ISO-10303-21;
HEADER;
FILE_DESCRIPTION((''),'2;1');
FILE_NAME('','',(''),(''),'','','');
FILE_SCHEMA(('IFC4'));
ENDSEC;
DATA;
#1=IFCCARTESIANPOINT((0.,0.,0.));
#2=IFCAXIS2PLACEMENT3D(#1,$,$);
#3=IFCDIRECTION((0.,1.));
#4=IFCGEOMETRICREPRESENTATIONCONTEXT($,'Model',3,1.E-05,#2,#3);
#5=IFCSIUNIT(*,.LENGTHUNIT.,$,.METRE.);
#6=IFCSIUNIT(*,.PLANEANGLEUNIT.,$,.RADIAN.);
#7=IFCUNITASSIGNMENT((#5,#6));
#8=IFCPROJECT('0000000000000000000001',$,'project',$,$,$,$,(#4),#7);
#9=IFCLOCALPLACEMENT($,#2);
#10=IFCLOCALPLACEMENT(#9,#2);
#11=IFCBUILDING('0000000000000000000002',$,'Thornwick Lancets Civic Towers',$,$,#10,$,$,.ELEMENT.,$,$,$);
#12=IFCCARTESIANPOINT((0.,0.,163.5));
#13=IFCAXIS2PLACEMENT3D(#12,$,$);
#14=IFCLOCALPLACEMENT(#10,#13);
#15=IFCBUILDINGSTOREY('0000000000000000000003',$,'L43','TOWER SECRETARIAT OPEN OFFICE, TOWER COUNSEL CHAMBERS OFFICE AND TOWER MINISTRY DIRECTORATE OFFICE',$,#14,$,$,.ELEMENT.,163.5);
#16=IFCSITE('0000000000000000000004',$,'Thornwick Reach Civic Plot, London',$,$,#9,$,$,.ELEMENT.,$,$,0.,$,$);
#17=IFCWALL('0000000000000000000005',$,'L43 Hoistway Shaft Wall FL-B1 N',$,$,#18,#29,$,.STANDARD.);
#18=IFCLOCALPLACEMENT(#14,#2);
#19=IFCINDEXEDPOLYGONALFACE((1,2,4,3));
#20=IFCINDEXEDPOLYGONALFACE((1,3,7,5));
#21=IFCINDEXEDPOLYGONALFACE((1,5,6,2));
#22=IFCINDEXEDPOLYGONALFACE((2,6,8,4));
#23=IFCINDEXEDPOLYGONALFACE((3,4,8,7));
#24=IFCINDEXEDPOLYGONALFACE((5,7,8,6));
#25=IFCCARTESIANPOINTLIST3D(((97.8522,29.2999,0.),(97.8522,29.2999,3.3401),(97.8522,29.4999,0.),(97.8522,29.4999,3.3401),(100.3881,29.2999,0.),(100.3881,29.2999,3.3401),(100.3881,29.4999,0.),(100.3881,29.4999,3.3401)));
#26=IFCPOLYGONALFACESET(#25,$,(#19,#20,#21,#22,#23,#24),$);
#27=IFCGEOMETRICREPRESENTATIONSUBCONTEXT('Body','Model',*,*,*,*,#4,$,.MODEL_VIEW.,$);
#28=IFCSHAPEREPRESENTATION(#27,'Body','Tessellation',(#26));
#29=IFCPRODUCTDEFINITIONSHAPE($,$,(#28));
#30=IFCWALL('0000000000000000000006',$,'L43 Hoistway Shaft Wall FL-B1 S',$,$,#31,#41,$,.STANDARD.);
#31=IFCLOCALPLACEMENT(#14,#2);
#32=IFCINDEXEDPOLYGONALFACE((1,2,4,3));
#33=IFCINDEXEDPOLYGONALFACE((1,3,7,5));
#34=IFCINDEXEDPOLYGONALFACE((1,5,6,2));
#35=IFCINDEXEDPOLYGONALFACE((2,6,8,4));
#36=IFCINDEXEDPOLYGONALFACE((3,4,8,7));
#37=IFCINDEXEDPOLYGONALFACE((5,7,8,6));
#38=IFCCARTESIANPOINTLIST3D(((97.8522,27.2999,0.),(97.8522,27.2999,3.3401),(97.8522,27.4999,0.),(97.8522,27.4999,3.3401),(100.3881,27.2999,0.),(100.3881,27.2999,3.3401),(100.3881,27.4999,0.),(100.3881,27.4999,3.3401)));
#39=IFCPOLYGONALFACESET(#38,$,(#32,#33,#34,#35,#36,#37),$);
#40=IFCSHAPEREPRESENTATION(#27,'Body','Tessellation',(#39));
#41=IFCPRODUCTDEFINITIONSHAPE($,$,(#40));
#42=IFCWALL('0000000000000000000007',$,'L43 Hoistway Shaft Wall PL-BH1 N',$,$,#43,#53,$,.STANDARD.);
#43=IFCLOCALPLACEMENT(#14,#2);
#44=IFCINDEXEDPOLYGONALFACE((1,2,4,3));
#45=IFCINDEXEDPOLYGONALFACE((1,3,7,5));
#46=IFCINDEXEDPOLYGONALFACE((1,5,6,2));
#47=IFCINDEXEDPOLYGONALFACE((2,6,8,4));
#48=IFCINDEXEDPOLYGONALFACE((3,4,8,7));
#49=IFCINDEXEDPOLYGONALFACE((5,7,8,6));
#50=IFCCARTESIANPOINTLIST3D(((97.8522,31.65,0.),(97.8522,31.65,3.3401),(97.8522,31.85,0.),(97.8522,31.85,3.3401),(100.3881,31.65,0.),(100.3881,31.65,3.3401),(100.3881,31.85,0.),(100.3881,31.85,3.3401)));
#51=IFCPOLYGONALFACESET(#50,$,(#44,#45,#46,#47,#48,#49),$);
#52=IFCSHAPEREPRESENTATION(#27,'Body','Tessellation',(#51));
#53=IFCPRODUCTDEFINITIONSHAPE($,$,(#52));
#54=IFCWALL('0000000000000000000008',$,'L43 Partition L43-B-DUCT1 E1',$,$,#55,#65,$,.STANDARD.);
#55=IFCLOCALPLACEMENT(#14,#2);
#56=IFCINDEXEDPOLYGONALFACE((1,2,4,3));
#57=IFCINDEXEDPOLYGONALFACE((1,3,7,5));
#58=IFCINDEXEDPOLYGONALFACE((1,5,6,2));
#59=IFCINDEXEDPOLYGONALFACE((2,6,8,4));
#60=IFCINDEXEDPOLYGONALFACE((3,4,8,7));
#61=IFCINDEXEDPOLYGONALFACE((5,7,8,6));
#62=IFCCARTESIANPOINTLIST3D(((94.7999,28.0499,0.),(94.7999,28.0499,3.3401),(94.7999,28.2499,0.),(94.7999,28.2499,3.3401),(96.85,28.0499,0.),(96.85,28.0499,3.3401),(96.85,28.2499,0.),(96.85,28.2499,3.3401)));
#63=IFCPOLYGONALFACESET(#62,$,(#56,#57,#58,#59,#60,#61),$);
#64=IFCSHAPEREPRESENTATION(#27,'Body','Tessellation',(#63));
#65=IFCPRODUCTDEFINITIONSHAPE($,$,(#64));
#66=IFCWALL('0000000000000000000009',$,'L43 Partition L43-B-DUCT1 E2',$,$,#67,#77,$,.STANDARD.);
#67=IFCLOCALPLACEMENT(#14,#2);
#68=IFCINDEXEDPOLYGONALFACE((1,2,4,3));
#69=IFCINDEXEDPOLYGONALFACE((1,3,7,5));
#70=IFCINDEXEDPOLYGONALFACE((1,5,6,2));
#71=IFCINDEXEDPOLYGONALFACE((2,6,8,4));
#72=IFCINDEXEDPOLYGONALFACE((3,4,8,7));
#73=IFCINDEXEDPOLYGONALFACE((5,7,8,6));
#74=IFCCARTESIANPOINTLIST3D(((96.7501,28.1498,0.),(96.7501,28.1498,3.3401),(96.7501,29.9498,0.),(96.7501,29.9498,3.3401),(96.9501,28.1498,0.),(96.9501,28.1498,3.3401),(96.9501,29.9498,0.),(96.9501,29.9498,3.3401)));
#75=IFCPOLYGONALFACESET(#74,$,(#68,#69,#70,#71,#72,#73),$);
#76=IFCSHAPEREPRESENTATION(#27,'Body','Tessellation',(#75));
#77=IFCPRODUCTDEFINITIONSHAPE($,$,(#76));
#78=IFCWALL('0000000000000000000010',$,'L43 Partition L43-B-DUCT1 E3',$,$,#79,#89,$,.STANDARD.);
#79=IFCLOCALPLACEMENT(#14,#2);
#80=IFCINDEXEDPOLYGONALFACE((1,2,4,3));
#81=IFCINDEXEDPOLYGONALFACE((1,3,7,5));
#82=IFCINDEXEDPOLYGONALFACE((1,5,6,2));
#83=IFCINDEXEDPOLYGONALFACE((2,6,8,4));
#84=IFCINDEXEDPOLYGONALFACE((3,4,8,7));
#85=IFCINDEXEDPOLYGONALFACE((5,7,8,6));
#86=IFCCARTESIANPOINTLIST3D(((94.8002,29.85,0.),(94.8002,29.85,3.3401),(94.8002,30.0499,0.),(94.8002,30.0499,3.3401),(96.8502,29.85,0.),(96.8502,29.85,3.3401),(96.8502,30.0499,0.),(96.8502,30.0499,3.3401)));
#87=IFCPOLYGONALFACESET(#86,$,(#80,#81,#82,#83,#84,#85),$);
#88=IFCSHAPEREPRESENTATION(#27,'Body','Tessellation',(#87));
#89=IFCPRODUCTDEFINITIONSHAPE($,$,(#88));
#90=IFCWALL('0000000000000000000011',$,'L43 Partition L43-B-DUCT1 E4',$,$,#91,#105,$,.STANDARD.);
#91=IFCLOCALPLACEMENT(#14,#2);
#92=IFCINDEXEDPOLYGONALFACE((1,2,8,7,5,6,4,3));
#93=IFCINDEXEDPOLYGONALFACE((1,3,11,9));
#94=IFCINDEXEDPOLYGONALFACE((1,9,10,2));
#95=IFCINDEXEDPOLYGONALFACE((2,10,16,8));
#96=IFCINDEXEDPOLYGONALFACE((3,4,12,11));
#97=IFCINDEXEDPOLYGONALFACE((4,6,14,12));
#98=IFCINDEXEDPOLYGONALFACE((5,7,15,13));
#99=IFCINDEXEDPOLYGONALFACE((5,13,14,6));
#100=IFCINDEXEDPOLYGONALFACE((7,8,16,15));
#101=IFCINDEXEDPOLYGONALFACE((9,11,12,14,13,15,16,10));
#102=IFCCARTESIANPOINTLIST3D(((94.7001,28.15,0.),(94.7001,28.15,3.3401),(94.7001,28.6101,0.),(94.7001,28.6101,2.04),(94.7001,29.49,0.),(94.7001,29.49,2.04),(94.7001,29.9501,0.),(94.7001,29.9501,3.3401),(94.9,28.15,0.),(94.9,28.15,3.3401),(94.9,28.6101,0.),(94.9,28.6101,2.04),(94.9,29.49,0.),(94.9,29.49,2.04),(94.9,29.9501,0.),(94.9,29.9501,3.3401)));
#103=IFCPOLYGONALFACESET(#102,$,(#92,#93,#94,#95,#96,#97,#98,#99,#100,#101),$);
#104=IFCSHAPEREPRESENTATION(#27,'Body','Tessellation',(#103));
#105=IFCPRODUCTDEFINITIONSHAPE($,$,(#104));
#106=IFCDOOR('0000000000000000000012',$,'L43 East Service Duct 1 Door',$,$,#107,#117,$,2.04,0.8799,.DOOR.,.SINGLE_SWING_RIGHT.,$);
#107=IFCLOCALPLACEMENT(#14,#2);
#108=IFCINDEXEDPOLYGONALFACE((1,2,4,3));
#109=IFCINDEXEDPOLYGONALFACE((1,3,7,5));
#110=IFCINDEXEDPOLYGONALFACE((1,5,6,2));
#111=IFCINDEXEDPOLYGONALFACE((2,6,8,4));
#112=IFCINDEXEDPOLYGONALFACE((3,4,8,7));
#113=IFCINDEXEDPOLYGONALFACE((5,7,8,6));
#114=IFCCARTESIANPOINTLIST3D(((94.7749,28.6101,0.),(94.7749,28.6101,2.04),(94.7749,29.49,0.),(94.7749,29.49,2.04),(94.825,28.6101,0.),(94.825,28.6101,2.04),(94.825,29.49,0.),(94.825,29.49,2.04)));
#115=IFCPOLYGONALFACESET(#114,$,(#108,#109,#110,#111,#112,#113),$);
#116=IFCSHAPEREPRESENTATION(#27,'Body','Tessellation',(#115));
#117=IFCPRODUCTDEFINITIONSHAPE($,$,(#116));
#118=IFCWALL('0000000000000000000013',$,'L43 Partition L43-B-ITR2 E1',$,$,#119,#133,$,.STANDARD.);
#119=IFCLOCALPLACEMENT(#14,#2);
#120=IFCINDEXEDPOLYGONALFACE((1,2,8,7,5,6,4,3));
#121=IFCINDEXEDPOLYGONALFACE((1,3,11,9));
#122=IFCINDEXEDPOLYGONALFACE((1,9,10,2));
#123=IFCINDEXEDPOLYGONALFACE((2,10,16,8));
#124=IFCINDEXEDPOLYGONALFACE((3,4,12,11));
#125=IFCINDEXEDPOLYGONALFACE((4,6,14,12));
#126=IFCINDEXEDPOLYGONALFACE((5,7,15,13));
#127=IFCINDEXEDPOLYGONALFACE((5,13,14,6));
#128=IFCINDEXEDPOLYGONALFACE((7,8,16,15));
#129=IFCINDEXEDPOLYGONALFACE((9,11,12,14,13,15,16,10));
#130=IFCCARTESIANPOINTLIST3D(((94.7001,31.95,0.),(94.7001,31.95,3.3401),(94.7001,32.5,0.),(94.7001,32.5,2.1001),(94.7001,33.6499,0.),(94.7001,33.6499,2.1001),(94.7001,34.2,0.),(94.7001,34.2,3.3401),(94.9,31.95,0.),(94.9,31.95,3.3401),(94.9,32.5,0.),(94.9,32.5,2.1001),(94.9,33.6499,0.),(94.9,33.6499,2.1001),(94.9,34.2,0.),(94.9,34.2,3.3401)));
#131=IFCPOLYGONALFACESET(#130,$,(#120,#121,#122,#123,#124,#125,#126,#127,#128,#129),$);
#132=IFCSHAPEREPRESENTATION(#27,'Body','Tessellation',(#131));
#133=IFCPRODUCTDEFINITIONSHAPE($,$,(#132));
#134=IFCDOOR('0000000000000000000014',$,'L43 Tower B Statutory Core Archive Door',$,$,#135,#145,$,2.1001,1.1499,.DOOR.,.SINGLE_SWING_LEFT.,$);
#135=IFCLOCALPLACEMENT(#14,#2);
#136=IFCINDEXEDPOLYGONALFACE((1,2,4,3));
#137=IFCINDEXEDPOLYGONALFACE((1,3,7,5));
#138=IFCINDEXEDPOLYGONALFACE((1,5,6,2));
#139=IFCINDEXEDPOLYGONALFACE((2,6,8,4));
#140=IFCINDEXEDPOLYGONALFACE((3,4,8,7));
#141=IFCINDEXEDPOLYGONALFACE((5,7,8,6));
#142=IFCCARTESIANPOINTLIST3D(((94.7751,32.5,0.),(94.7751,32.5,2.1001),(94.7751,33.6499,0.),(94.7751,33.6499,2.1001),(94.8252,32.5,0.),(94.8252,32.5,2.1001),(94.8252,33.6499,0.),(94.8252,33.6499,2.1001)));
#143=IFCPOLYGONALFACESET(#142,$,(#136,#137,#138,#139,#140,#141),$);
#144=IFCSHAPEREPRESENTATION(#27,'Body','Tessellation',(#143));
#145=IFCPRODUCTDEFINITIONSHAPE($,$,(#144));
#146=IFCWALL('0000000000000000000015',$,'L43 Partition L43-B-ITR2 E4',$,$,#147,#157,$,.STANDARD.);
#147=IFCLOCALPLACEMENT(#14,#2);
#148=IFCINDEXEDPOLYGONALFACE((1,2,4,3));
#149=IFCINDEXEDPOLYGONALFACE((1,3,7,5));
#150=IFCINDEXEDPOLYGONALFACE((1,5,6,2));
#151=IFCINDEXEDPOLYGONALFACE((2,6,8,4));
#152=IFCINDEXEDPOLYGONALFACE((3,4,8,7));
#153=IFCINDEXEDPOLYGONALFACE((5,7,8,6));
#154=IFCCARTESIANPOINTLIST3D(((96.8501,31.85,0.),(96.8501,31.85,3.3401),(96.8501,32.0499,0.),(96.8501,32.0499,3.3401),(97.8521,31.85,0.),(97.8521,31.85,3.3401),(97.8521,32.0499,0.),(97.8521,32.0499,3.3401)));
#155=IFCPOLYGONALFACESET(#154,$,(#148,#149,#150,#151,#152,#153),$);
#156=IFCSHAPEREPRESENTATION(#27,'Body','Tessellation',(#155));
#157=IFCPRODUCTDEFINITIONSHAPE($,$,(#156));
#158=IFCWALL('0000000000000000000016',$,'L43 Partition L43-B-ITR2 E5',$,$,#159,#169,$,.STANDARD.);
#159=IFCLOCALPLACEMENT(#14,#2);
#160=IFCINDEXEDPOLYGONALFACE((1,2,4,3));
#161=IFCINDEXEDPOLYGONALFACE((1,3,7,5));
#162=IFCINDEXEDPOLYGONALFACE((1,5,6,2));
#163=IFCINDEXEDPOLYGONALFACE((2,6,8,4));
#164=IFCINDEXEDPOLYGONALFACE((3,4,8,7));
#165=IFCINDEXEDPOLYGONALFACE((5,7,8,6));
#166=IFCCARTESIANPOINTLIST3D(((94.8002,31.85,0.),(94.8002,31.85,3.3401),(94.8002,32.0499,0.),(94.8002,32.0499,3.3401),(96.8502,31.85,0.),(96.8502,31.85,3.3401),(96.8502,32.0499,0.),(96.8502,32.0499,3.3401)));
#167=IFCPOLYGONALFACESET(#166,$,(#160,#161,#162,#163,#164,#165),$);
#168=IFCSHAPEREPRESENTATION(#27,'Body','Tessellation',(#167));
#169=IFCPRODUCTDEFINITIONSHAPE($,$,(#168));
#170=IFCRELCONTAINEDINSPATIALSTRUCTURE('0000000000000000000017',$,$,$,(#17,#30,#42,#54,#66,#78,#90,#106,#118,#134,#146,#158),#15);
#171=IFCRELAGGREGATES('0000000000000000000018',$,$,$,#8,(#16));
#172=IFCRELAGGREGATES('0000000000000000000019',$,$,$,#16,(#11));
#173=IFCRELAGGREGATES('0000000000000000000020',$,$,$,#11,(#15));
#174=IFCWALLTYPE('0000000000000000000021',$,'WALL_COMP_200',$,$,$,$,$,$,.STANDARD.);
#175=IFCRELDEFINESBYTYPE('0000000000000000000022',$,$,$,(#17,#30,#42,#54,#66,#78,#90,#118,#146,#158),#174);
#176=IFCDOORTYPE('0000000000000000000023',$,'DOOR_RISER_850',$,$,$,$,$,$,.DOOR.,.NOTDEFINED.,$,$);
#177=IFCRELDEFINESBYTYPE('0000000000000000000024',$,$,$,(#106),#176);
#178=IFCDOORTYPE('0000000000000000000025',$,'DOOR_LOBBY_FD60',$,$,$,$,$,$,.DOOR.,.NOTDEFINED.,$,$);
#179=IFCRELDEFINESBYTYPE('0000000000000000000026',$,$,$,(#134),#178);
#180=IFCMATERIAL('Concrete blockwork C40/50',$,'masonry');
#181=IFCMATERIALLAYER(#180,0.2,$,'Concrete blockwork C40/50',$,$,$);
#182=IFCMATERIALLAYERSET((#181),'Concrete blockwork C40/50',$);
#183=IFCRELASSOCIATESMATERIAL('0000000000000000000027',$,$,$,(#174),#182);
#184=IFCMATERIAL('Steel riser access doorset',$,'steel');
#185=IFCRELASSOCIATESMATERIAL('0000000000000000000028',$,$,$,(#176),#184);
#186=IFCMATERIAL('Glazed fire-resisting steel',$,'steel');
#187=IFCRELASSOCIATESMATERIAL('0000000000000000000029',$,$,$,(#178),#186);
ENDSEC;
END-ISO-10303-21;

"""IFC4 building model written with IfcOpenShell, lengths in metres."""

from ifc_helpers import new_model, si_unit, direction, frame, frame_2d, origin, place, context, subcontext, project, spatial, rectangle, extrude, material, layer, layer_set, type_object, element, fill, save


model = new_model("IFC4")

# Units and contexts
model_context = context("Model", 3, precision=1e-05, world=origin(), true_north=direction((0.0, 1.0)))
body_context = subcontext(model_context, "Body", "Model", "MODEL_VIEW")
ifc_project = project(units=[si_unit("LENGTHUNIT", "METRE"), si_unit("PLANEANGLEUNIT", "RADIAN")], contexts=[model_context])

# Site, building, storey
site_placement = place(None, origin())
site = spatial("IfcSite", under=ifc_project, at=site_placement, Name="Thornwick Reach Civic Plot, London", CompositionType="ELEMENT", RefElevation=0.0)
building_placement = place(site_placement, origin())
building = spatial("IfcBuilding", under=site, at=building_placement, Name="Thornwick Lancets Civic Towers", CompositionType="ELEMENT")
storey_placement = place(building_placement, frame((0.0, 0.0, 163.5)))
storey = spatial("IfcBuildingStorey", under=building, at=storey_placement, Name="L43", Description="TOWER SECRETARIAT OPEN OFFICE, TOWER COUNSEL CHAMBERS OFFICE AND TOWER MINISTRY DIRECTORATE OFFICE", CompositionType="ELEMENT", Elevation=163.5)

# Walls
ifc_material_1 = material(Name="Concrete blockwork C40/50", Category="masonry")
ifc_layer_1 = layer(ifc_material_1, 0.2, Name="Concrete blockwork C40/50")
ifc_layer_set_1 = layer_set([ifc_layer_1], Name="Concrete blockwork C40/50")
wall_type_1 = type_object("IfcWallType", Name="WALL_COMP_200", PredefinedType="STANDARD", material=ifc_layer_set_1)
for number, where, z_axis, x_axis, name in (
    (1, (97.8521, 29.3999, 0.0), (0.0, 0.0, 1.0), (1.0, 0.0, 0.0), "L43 Hoistway Shaft Wall FL-B1 N"),
    (2, (97.8521, 27.3999, 0.0), (0.0, 0.0, 1.0), (1.0, 0.0, 0.0), "L43 Hoistway Shaft Wall FL-B1 S"),
    (3, (97.8521, 31.75, 0.0), (0.0, 0.0, 1.0), (1.0, 0.0, 0.0), "L43 Hoistway Shaft Wall PL-BH1 N"),
):
    element("IfcWall", number, at=place(storey_placement, frame(where, z_axis=z_axis, x_axis=x_axis)), inside=storey, type_object=wall_type_1, Name=name, PredefinedType="STANDARD", context=body_context, shape_type="SweptSolid", body=[
        extrude(rectangle(XDim=2.5359, YDim=0.2, at=frame_2d((1.2681, 0.0))), origin(), (0.0, 0.0, 1.0), 3.3401),
    ])
wall_1_placement = place(storey_placement, frame((94.8, 28.1499, 0.0), z_axis=(0.0, 0.0, 1.0), x_axis=(1.0, 0.0, 0.0)))
element("IfcWall", 4, at=wall_1_placement, inside=storey, type_object=wall_type_1, Name="L43 Partition L43-B-DUCT1 E1", PredefinedType="STANDARD", context=body_context, shape_type="SweptSolid", body=[
    extrude(rectangle(XDim=2.05, YDim=0.2, at=frame_2d((1.0249, 0.0))), origin(), (0.0, 0.0, 1.0), 3.3401),
])
wall_2_placement = place(storey_placement, frame((96.8501, 28.1499, 0.0), z_axis=(0.0, 0.0, 1.0), x_axis=(0.0, 1.0, 0.0)))
element("IfcWall", 5, at=wall_2_placement, inside=storey, type_object=wall_type_1, Name="L43 Partition L43-B-DUCT1 E2", PredefinedType="STANDARD", context=body_context, shape_type="SweptSolid", body=[
    extrude(rectangle(XDim=1.8, YDim=0.2, at=frame_2d((0.8999, 0.0))), origin(), (0.0, 0.0, 1.0), 3.3401),
])
wall_3_placement = place(storey_placement, frame((96.8501, 29.95, 0.0), z_axis=(0.0, 0.0, 1.0), x_axis=(-1.0, 0.0, 0.0)))
element("IfcWall", 6, at=wall_3_placement, inside=storey, type_object=wall_type_1, Name="L43 Partition L43-B-DUCT1 E3", PredefinedType="STANDARD", context=body_context, shape_type="SweptSolid", body=[
    extrude(rectangle(XDim=2.05, YDim=0.2, at=frame_2d((1.0249, 0.0))), origin(), (0.0, 0.0, 1.0), 3.3401),
])

# Walls, openings, doors
wall_4_placement = place(storey_placement, frame((94.8, 29.95, 0.0), z_axis=(0.0, 0.0, 1.0), x_axis=(0.0, -1.0, 0.0)))
wall_4 = element("IfcWall", 7, at=wall_4_placement, inside=storey, type_object=wall_type_1, Name="L43 Partition L43-B-DUCT1 E4", PredefinedType="STANDARD", context=body_context, shape_type="SweptSolid", body=[
    extrude(rectangle(XDim=1.8, YDim=0.2, at=frame_2d((0.8999, 0.0))), origin(), (0.0, 0.0, 1.0), 3.3401),
])
opening_1_placement = place(wall_4_placement, frame((0.46, 0.0, 0.0)))
opening_1 = element("IfcOpeningElement", 8, at=opening_1_placement, cuts=wall_4, PredefinedType="OPENING", context=body_context, shape_type="SweptSolid", body=[
    extrude(rectangle(XDim=0.8799, YDim=2.04, at=frame_2d((0.4399, 1.02))), frame((0.0, 0.1099, 0.0), z_axis=(0.0, -1.0, 0.0), x_axis=(1.0, 0.0, 0.0)), (0.0, 0.0, 1.0), 0.22),
])
ifc_material_2 = material(Name="Steel riser access doorset", Category="steel")
door_type_1 = type_object("IfcDoorType", Name="DOOR_RISER_850", OperationType="NOTDEFINED", PredefinedType="DOOR", material=ifc_material_2)
door_1_placement = place(opening_1_placement, origin())
door_1 = element("IfcDoor", 9, at=door_1_placement, inside=storey, type_object=door_type_1, Name="L43 East Service Duct 1 Door", OperationType="SINGLE_SWING_RIGHT", OverallHeight=2.04, OverallWidth=0.8799, PredefinedType="DOOR", context=body_context, shape_type="SweptSolid", body=[
    extrude(rectangle(XDim=0.8799, YDim=2.04, at=frame_2d((0.4399, 1.02))), frame((0.0, 0.0249, 0.0), z_axis=(0.0, -1.0, 0.0), x_axis=(1.0, 0.0, 0.0)), (0.0, 0.0, 1.0), 0.05),
])
fill(opening_1, door_1)
wall_5_placement = place(storey_placement, frame((94.8, 31.95, 0.0), z_axis=(0.0, 0.0, 1.0), x_axis=(0.0, 1.0, 0.0)))
wall_5 = element("IfcWall", 10, at=wall_5_placement, inside=storey, type_object=wall_type_1, Name="L43 Partition L43-B-ITR2 E1", PredefinedType="STANDARD", context=body_context, shape_type="SweptSolid", body=[
    extrude(rectangle(XDim=2.25, YDim=0.2, at=frame_2d((1.125, 0.0))), origin(), (0.0, 0.0, 1.0), 3.3401),
])
opening_2_placement = place(wall_5_placement, frame((0.55, 0.0, 0.0)))
opening_2 = element("IfcOpeningElement", 11, at=opening_2_placement, cuts=wall_5, PredefinedType="OPENING", context=body_context, shape_type="SweptSolid", body=[
    extrude(rectangle(XDim=1.1499, YDim=2.1001, at=frame_2d((0.575, 1.05))), frame((0.0, 0.1099, 0.0), z_axis=(0.0, -1.0, 0.0), x_axis=(1.0, 0.0, 0.0)), (0.0, 0.0, 1.0), 0.22),
])
ifc_material_3 = material(Name="Glazed fire-resisting steel", Category="steel")
door_type_2 = type_object("IfcDoorType", Name="DOOR_LOBBY_FD60", OperationType="NOTDEFINED", PredefinedType="DOOR", material=ifc_material_3)
door_2_placement = place(opening_2_placement, origin())
door_2 = element("IfcDoor", 12, at=door_2_placement, inside=storey, type_object=door_type_2, Name="L43 Tower B Statutory Core Archive Door", OperationType="SINGLE_SWING_LEFT", OverallHeight=2.1001, OverallWidth=1.1499, PredefinedType="DOOR", context=body_context, shape_type="SweptSolid", body=[
    extrude(rectangle(XDim=1.1499, YDim=2.1001, at=frame_2d((0.575, 1.05))), frame((0.0, 0.0249, 0.0), z_axis=(0.0, -1.0, 0.0), x_axis=(1.0, 0.0, 0.0)), (0.0, 0.0, 1.0), 0.05),
])
fill(opening_2, door_2)

# Walls
wall_6_placement = place(storey_placement, frame((97.8521, 31.95, 0.0), z_axis=(0.0, 0.0, 1.0), x_axis=(-1.0, 0.0, 0.0)))
element("IfcWall", 13, at=wall_6_placement, inside=storey, type_object=wall_type_1, Name="L43 Partition L43-B-ITR2 E4", PredefinedType="STANDARD", context=body_context, shape_type="SweptSolid", body=[
    extrude(rectangle(XDim=1.002, YDim=0.2, at=frame_2d((0.501, 0.0))), origin(), (0.0, 0.0, 1.0), 3.3401),
])
wall_7_placement = place(storey_placement, frame((96.8501, 31.95, 0.0), z_axis=(0.0, 0.0, 1.0), x_axis=(-1.0, 0.0, 0.0)))
element("IfcWall", 14, at=wall_7_placement, inside=storey, type_object=wall_type_1, Name="L43 Partition L43-B-ITR2 E5", PredefinedType="STANDARD", context=body_context, shape_type="SweptSolid", body=[
    extrude(rectangle(XDim=2.05, YDim=0.2, at=frame_2d((1.0249, 0.0))), origin(), (0.0, 0.0, 1.0), 3.3401),
])

save(model, "model.ifc")
